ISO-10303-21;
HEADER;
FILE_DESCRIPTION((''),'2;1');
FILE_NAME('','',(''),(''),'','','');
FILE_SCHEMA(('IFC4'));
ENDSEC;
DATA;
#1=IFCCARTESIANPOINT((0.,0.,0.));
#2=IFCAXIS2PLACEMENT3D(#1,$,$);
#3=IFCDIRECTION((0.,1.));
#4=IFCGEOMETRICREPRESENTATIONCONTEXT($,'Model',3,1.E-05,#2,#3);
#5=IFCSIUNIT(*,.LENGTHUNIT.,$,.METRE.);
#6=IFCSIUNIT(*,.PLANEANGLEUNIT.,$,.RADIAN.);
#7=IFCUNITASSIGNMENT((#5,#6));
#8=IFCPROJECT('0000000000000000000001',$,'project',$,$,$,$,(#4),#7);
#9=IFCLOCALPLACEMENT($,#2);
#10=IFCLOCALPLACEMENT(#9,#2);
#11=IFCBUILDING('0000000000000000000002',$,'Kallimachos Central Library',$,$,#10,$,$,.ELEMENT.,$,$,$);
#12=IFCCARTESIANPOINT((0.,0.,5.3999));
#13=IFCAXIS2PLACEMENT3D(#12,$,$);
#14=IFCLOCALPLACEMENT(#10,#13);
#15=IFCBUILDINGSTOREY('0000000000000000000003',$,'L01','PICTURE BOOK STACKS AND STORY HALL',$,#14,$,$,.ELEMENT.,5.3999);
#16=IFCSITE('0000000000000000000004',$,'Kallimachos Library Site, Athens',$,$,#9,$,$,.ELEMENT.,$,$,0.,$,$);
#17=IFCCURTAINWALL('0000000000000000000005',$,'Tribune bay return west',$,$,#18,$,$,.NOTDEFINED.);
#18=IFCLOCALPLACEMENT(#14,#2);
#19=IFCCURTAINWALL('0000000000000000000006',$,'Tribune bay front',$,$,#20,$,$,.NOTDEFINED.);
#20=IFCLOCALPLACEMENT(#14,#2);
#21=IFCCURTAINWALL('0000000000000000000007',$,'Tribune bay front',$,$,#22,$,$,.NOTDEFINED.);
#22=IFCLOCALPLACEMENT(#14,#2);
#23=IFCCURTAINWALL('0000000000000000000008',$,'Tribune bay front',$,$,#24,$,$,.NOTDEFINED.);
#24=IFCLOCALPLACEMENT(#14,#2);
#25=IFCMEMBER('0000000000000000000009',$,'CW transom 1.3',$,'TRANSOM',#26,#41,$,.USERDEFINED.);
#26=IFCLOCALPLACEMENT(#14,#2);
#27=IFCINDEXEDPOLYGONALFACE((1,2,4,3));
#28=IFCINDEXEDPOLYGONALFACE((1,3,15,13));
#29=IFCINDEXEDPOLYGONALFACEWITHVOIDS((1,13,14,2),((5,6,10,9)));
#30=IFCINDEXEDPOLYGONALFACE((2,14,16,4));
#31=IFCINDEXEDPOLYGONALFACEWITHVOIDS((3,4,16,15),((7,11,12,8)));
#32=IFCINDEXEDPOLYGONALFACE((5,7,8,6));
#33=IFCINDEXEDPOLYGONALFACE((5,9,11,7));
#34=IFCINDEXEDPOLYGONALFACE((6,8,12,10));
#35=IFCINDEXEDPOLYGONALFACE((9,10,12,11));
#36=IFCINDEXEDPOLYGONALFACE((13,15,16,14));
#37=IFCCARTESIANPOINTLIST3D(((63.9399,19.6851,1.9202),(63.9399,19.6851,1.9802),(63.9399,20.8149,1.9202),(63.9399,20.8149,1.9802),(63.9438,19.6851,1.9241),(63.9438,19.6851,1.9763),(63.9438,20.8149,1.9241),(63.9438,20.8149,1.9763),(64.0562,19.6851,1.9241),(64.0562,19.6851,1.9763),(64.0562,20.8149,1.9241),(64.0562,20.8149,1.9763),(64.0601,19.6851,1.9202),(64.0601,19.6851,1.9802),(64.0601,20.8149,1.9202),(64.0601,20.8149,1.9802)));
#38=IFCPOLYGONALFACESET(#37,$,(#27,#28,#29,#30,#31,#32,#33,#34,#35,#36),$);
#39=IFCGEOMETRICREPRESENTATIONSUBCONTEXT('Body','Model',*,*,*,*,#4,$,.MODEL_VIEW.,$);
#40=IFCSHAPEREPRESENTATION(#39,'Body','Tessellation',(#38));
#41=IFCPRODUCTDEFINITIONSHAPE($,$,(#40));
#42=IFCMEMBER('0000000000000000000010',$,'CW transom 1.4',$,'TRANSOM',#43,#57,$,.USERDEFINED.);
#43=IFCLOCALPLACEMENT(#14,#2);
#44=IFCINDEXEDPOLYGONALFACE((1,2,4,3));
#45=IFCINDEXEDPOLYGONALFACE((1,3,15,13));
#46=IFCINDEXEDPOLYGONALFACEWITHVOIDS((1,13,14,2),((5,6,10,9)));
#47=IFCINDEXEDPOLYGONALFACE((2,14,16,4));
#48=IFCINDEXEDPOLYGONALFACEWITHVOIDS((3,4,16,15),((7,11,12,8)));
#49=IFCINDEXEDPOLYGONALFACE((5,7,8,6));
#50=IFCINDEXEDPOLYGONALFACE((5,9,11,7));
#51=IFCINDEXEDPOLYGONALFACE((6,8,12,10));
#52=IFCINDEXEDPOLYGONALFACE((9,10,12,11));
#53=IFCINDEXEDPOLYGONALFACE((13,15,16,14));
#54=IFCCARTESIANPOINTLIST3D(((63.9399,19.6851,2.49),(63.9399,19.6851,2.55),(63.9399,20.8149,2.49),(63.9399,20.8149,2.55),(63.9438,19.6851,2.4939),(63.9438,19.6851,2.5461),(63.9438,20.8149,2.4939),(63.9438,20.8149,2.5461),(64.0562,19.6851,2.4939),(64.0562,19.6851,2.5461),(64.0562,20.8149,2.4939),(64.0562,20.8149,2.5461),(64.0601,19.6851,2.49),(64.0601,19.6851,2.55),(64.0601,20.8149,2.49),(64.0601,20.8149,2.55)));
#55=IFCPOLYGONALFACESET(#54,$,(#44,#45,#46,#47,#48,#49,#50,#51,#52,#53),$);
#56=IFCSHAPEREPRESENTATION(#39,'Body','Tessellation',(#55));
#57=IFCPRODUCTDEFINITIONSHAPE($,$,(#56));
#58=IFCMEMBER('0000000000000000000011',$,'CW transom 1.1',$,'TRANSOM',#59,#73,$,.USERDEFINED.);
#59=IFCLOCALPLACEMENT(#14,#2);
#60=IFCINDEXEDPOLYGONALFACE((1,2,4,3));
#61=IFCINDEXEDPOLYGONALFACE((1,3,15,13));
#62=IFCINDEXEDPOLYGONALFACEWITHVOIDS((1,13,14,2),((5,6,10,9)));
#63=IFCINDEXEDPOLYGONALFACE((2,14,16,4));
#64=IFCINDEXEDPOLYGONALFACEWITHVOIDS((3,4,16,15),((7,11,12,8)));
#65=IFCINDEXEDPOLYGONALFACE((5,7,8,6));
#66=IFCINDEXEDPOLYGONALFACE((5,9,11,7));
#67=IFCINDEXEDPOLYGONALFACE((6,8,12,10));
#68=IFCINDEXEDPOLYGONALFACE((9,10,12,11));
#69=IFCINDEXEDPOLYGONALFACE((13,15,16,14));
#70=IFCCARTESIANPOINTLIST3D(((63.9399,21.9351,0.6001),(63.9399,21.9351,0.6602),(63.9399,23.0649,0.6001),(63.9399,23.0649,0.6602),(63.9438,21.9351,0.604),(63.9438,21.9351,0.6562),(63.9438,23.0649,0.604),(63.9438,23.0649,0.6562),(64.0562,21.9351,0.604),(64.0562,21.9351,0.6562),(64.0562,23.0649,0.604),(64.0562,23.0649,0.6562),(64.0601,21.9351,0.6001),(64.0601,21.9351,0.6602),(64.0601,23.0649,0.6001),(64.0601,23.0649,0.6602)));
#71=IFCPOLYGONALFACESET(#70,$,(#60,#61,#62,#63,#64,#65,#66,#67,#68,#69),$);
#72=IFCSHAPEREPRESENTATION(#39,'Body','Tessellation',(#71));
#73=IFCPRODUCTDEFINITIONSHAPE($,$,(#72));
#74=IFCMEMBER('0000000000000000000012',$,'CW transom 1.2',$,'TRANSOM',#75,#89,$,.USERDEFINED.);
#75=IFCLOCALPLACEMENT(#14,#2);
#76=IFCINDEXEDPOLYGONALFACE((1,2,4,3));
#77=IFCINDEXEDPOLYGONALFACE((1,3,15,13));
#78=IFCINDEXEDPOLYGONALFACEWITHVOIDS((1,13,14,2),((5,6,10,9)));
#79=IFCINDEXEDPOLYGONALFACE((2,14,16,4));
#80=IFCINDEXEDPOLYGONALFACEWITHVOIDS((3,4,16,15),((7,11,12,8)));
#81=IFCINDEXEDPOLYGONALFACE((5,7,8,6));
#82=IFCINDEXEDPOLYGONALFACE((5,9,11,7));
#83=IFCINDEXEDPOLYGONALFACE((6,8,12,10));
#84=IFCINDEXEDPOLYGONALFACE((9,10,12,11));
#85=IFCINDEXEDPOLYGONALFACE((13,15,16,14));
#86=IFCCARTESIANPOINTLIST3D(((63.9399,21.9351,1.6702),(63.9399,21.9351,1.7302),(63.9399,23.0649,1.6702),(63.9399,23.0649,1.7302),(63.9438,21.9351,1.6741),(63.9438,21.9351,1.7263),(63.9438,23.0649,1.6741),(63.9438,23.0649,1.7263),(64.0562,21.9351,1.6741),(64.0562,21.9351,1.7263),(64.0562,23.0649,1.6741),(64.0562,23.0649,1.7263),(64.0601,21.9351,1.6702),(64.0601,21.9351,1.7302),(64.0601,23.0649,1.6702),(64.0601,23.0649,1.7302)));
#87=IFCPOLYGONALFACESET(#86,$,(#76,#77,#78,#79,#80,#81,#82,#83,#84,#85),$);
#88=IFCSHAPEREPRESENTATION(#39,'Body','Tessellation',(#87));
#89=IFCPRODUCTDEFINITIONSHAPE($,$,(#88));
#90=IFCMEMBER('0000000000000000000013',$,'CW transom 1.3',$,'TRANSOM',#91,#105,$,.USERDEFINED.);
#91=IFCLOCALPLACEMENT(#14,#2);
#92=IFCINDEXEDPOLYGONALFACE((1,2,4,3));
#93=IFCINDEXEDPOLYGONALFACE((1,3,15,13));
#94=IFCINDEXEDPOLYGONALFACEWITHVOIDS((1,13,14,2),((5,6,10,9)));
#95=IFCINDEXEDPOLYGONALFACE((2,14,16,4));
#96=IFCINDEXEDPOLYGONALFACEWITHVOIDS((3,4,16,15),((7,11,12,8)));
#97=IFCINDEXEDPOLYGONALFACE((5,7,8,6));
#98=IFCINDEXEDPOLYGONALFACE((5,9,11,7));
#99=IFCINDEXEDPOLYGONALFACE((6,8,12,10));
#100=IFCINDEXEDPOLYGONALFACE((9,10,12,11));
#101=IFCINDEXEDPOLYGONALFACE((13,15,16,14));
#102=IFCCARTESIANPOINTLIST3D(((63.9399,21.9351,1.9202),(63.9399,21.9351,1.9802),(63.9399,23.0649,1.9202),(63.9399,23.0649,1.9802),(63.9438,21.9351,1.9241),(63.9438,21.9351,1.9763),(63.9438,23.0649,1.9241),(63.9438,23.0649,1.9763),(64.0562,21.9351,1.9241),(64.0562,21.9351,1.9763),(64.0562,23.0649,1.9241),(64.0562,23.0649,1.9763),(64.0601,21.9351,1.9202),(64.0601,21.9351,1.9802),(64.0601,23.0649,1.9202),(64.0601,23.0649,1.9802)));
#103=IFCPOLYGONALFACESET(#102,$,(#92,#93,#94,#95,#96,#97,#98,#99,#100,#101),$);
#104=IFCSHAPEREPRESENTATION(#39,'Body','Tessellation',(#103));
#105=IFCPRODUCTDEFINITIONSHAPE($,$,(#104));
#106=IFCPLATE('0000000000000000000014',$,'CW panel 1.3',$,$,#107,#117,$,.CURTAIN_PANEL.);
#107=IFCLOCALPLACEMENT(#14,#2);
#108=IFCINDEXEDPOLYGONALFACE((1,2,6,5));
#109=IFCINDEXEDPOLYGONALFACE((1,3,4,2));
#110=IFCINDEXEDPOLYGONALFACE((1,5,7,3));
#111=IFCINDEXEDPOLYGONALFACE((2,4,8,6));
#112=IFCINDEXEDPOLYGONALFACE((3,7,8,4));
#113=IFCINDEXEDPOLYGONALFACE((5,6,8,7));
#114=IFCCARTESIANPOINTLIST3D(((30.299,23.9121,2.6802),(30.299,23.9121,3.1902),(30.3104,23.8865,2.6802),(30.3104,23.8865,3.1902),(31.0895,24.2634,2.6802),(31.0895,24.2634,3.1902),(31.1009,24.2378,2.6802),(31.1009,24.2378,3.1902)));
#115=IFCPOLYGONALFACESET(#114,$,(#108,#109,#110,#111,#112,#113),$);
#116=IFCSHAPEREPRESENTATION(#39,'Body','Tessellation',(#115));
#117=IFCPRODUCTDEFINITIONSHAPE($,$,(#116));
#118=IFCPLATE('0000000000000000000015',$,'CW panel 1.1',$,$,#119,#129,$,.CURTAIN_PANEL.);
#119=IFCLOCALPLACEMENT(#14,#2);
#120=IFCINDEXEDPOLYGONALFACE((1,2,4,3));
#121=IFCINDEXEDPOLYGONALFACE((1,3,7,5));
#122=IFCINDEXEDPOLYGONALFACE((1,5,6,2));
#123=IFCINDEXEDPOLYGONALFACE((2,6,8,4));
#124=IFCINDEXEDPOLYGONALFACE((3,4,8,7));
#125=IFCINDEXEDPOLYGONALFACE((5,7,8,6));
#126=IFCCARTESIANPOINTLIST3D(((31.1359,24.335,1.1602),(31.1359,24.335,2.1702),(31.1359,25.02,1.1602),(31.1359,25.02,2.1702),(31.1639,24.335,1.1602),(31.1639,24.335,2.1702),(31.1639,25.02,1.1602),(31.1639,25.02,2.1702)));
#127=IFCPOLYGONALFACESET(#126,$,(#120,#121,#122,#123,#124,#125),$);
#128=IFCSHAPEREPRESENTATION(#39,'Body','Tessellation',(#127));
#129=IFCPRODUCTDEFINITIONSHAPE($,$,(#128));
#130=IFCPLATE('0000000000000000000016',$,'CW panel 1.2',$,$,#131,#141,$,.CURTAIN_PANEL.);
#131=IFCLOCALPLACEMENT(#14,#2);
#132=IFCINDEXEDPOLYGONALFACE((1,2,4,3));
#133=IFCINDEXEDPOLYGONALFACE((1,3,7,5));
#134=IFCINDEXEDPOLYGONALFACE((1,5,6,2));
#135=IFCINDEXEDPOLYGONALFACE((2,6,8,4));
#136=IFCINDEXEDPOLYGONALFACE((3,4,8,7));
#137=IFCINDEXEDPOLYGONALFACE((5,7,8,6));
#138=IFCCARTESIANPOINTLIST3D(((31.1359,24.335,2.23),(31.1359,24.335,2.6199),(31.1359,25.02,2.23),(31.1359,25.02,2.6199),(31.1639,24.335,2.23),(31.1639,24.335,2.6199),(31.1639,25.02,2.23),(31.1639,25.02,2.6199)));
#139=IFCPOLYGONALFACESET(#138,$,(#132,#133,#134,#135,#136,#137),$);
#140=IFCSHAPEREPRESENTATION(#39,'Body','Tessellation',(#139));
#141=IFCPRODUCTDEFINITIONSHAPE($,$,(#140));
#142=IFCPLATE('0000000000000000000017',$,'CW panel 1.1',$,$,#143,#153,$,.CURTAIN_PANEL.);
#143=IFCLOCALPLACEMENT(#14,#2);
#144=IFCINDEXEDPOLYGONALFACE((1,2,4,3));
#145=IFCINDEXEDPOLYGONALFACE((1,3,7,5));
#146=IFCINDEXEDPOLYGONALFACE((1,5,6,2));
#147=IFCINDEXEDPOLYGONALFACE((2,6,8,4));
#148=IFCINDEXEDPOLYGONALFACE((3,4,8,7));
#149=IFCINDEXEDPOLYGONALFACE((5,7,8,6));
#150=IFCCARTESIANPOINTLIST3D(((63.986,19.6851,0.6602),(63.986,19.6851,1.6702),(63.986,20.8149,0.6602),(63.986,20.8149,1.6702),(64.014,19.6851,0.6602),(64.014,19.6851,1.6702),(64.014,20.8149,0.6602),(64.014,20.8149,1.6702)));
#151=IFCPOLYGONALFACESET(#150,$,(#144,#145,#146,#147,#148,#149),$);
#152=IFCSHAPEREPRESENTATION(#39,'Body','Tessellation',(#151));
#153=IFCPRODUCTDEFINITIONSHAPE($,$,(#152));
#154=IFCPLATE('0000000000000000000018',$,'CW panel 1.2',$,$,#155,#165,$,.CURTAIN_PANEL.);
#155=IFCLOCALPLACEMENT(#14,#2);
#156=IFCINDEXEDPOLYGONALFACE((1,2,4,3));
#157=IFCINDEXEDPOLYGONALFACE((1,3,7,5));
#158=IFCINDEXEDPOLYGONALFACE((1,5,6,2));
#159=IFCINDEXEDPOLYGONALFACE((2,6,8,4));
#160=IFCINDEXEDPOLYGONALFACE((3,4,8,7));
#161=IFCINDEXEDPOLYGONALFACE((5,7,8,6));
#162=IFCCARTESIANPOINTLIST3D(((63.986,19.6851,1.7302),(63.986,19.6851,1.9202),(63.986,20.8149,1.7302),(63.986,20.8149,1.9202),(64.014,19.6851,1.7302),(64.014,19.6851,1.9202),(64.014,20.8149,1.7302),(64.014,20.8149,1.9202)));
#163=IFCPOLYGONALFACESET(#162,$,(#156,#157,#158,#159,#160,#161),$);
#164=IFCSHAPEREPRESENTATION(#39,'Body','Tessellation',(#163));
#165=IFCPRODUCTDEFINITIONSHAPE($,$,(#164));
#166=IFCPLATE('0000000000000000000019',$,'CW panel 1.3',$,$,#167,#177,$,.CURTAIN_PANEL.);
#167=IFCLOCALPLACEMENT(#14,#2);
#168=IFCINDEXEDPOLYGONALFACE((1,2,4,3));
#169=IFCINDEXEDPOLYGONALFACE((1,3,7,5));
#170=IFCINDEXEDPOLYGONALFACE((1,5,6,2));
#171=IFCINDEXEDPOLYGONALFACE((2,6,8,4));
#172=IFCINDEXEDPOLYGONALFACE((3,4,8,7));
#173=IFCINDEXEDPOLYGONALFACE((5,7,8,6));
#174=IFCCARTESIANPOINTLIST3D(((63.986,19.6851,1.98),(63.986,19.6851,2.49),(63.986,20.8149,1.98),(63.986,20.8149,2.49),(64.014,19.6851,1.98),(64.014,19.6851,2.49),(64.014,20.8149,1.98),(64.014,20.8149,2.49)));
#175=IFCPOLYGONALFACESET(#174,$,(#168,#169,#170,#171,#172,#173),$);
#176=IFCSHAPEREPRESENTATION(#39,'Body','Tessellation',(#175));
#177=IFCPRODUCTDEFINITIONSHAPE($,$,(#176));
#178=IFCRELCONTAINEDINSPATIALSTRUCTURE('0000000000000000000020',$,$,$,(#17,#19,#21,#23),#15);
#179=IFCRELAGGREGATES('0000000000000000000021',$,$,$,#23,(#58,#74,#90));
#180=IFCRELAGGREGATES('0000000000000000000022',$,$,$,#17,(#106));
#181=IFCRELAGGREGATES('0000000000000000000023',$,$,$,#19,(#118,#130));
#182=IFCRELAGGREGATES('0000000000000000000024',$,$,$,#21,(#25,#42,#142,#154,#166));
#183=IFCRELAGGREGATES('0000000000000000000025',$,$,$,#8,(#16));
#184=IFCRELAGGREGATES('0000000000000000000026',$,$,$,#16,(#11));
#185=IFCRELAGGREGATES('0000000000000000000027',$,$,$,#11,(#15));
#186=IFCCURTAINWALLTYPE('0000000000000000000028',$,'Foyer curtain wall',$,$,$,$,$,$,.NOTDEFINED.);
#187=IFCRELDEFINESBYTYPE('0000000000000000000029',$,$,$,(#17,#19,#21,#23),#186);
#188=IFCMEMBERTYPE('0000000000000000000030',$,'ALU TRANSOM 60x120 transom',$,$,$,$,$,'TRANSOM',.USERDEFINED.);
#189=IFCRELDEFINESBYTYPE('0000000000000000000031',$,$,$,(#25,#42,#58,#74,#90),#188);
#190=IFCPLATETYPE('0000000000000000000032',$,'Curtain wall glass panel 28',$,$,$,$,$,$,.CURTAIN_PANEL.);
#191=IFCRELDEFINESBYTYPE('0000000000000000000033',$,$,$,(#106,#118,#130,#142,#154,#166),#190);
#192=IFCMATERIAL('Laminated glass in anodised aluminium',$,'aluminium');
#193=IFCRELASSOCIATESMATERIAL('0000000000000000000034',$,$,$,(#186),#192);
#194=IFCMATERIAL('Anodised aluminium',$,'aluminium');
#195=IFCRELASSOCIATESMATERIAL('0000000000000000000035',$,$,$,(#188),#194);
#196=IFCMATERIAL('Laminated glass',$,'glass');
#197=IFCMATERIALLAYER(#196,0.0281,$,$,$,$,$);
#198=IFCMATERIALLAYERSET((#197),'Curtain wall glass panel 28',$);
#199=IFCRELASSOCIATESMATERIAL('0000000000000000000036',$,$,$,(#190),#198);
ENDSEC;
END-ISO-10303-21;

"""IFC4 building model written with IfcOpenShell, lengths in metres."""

from ifc_helpers import new_model, si_unit, direction, frame, origin, origin_2d, place, context, subcontext, project, spatial, rectangle, hollow_rectangle, extrude, material, layer, layer_set, material_profile, profile_set, type_object, element, aggregate, save


model = new_model("IFC4")

# Units and contexts
model_context = context("Model", 3, precision=1e-05, world=origin(), true_north=direction((0.0, 1.0)))
body_context = subcontext(model_context, "Body", "Model", "MODEL_VIEW")
ifc_project = project(units=[si_unit("LENGTHUNIT", "METRE"), si_unit("PLANEANGLEUNIT", "RADIAN")], contexts=[model_context])

# Site, building, storey
site_placement = place(None, origin())
site = spatial("IfcSite", under=ifc_project, at=site_placement, Name="Kallimachos Library Site, Athens", CompositionType="ELEMENT", RefElevation=0.0)
building_placement = place(site_placement, origin())
building = spatial("IfcBuilding", under=site, at=building_placement, Name="Kallimachos Central Library", CompositionType="ELEMENT")
storey_placement = place(building_placement, frame((0.0, 0.0, 5.3999)))
storey = spatial("IfcBuildingStorey", under=building, at=storey_placement, Name="L01", Description="PICTURE BOOK STACKS AND STORY HALL", CompositionType="ELEMENT", Elevation=5.3999)

# Curtain walls
ifc_material_1 = material(Name="Laminated glass in anodised aluminium", Category="aluminium")
curtain_wall_type = type_object("IfcCurtainWallType", Name="Foyer curtain wall", PredefinedType="NOTDEFINED", material=ifc_material_1)
curtain_wall_1_placement = place(storey_placement, origin())
curtain_wall_1 = element("IfcCurtainWall", 1, at=curtain_wall_1_placement, inside=storey, type_object=curtain_wall_type, Name="Tribune bay return west", PredefinedType="NOTDEFINED")
curtain_wall_2_placement = place(storey_placement, origin())
curtain_wall_2 = element("IfcCurtainWall", 2, at=curtain_wall_2_placement, inside=storey, type_object=curtain_wall_type, Name="Tribune bay front", PredefinedType="NOTDEFINED")

# Curtain wall
curtain_wall_3_placement = place(storey_placement, origin())
curtain_wall_3 = element("IfcCurtainWall", 3, at=curtain_wall_3_placement, inside=storey, type_object=curtain_wall_type, Name="Tribune bay front", PredefinedType="NOTDEFINED")

# Curtain wall
curtain_wall_4_placement = place(storey_placement, origin())
curtain_wall_4 = element("IfcCurtainWall", 4, at=curtain_wall_4_placement, inside=storey, type_object=curtain_wall_type, Name="Tribune bay front", PredefinedType="NOTDEFINED")

# Members
ifc_material_2 = material(Name="Anodised aluminium", Category="aluminium")
ifc_material_profile_1 = material_profile(ifc_material_2, hollow_rectangle(XDim=0.0601, YDim=0.1201, WallThickness=0.0039, at=origin_2d()), Name="ALU TRANSOM 60x120")
ifc_profile_set_1 = profile_set([ifc_material_profile_1], Name="Anodised aluminium")
member_type_1 = type_object("IfcMemberType", Name="ALU TRANSOM 60x120 transom", ElementType="TRANSOM", PredefinedType="USERDEFINED", material=ifc_profile_set_1)
member_1_placement = place(storey_placement, frame((64.0, 19.6851, 1.9502), z_axis=(0.0, 1.0, 0.0), x_axis=(0.0, 0.0, 1.0)))
member_1 = element("IfcMember", 5, at=member_1_placement, type_object=member_type_1, Name="CW transom 1.3", ObjectType="TRANSOM", PredefinedType="USERDEFINED", context=body_context, shape_type="SweptSolid", body=[
    extrude(hollow_rectangle(XDim=0.0601, YDim=0.1201, WallThickness=0.0039, at=origin_2d()), origin(), (0.0, 0.0, 1.0), 1.1299),
])
member_2_placement = place(storey_placement, frame((64.0, 19.6851, 2.52), z_axis=(0.0, 1.0, 0.0), x_axis=(0.0, 0.0, 1.0)))
member_2 = element("IfcMember", 6, at=member_2_placement, type_object=member_type_1, Name="CW transom 1.4", ObjectType="TRANSOM", PredefinedType="USERDEFINED", context=body_context, shape_type="SweptSolid", body=[
    extrude(hollow_rectangle(XDim=0.0601, YDim=0.1201, WallThickness=0.0039, at=origin_2d()), origin(), (0.0, 0.0, 1.0), 1.1299),
])
member_3_placement = place(storey_placement, frame((64.0, 21.9351, 0.6301), z_axis=(0.0, 1.0, 0.0), x_axis=(0.0, 0.0, 1.0)))
member_3 = element("IfcMember", 7, at=member_3_placement, type_object=member_type_1, Name="CW transom 1.1", ObjectType="TRANSOM", PredefinedType="USERDEFINED", context=body_context, shape_type="SweptSolid", body=[
    extrude(hollow_rectangle(XDim=0.0601, YDim=0.1201, WallThickness=0.0039, at=origin_2d()), origin(), (0.0, 0.0, 1.0), 1.1299),
])
member_4_placement = place(storey_placement, frame((64.0, 21.9351, 1.7002), z_axis=(0.0, 1.0, 0.0), x_axis=(0.0, 0.0, 1.0)))
member_4 = element("IfcMember", 8, at=member_4_placement, type_object=member_type_1, Name="CW transom 1.2", ObjectType="TRANSOM", PredefinedType="USERDEFINED", context=body_context, shape_type="SweptSolid", body=[
    extrude(hollow_rectangle(XDim=0.0601, YDim=0.1201, WallThickness=0.0039, at=origin_2d()), origin(), (0.0, 0.0, 1.0), 1.1299),
])
member_5_placement = place(storey_placement, frame((64.0, 21.9351, 1.9502), z_axis=(0.0, 1.0, 0.0), x_axis=(0.0, 0.0, 1.0)))
member_5 = element("IfcMember", 9, at=member_5_placement, type_object=member_type_1, Name="CW transom 1.3", ObjectType="TRANSOM", PredefinedType="USERDEFINED", context=body_context, shape_type="SweptSolid", body=[
    extrude(hollow_rectangle(XDim=0.0601, YDim=0.1201, WallThickness=0.0039, at=origin_2d()), origin(), (0.0, 0.0, 1.0), 1.1299),
])
aggregate(curtain_wall_4, [member_3, member_4, member_5])

# Plates
ifc_material_3 = material(Name="Laminated glass", Category="glass")
ifc_layer = layer(ifc_material_3, 0.0281)
ifc_layer_set = layer_set([ifc_layer], Name="Curtain wall glass panel 28")
plate_type = type_object("IfcPlateType", Name="Curtain wall glass panel 28", PredefinedType="CURTAIN_PANEL", material=ifc_layer_set)
plate_1_placement = place(storey_placement, frame((30.7, 24.075, 2.6802), z_axis=(0.0, 0.0, 1.0), x_axis=(0.913812, 0.406138, 0.0)))
plate_1 = element("IfcPlate", 10, at=plate_1_placement, type_object=plate_type, Name="CW panel 1.3", PredefinedType="CURTAIN_PANEL", context=body_context, shape_type="SweptSolid", body=[
    extrude(rectangle(XDim=0.865, YDim=0.0281, at=origin_2d()), origin(), (0.0, 0.0, 1.0), 0.51),
])
aggregate(curtain_wall_1, [plate_1])
plate_2_placement = place(storey_placement, frame((31.1499, 24.6775, 1.1602), z_axis=(0.0, 0.0, 1.0), x_axis=(0.0, 1.0, 0.0)))
plate_2 = element("IfcPlate", 11, at=plate_2_placement, type_object=plate_type, Name="CW panel 1.1", PredefinedType="CURTAIN_PANEL", context=body_context, shape_type="SweptSolid", body=[
    extrude(rectangle(XDim=0.6851, YDim=0.0281, at=origin_2d()), origin(), (0.0, 0.0, 1.0), 1.01),
])
plate_3_placement = place(storey_placement, frame((31.1499, 24.6775, 2.23), z_axis=(0.0, 0.0, 1.0), x_axis=(0.0, 1.0, 0.0)))
plate_3 = element("IfcPlate", 12, at=plate_3_placement, type_object=plate_type, Name="CW panel 1.2", PredefinedType="CURTAIN_PANEL", context=body_context, shape_type="SweptSolid", body=[
    extrude(rectangle(XDim=0.6851, YDim=0.0281, at=origin_2d()), origin(), (0.0, 0.0, 1.0), 0.3899),
])
aggregate(curtain_wall_2, [plate_2, plate_3])
plate_4_placement = place(storey_placement, frame((64.0, 20.25, 0.6602), z_axis=(0.0, 0.0, 1.0), x_axis=(0.0, 1.0, 0.0)))
plate_4 = element("IfcPlate", 13, at=plate_4_placement, type_object=plate_type, Name="CW panel 1.1", PredefinedType="CURTAIN_PANEL", context=body_context, shape_type="SweptSolid", body=[
    extrude(rectangle(XDim=1.1299, YDim=0.0281, at=origin_2d()), origin(), (0.0, 0.0, 1.0), 1.01),
])
plate_5_placement = place(storey_placement, frame((64.0, 20.25, 1.7302), z_axis=(0.0, 0.0, 1.0), x_axis=(0.0, 1.0, 0.0)))
plate_5 = element("IfcPlate", 14, at=plate_5_placement, type_object=plate_type, Name="CW panel 1.2", PredefinedType="CURTAIN_PANEL", context=body_context, shape_type="SweptSolid", body=[
    extrude(rectangle(XDim=1.1299, YDim=0.0281, at=origin_2d()), origin(), (0.0, 0.0, 1.0), 0.1899),
])
plate_6_placement = place(storey_placement, frame((64.0, 20.25, 1.98), z_axis=(0.0, 0.0, 1.0), x_axis=(0.0, 1.0, 0.0)))
plate_6 = element("IfcPlate", 15, at=plate_6_placement, type_object=plate_type, Name="CW panel 1.3", PredefinedType="CURTAIN_PANEL", context=body_context, shape_type="SweptSolid", body=[
    extrude(rectangle(XDim=1.1299, YDim=0.0281, at=origin_2d()), origin(), (0.0, 0.0, 1.0), 0.51),
])
aggregate(curtain_wall_3, [member_1, member_2, plate_4, plate_5, plate_6])

save(model, "model.ifc")
